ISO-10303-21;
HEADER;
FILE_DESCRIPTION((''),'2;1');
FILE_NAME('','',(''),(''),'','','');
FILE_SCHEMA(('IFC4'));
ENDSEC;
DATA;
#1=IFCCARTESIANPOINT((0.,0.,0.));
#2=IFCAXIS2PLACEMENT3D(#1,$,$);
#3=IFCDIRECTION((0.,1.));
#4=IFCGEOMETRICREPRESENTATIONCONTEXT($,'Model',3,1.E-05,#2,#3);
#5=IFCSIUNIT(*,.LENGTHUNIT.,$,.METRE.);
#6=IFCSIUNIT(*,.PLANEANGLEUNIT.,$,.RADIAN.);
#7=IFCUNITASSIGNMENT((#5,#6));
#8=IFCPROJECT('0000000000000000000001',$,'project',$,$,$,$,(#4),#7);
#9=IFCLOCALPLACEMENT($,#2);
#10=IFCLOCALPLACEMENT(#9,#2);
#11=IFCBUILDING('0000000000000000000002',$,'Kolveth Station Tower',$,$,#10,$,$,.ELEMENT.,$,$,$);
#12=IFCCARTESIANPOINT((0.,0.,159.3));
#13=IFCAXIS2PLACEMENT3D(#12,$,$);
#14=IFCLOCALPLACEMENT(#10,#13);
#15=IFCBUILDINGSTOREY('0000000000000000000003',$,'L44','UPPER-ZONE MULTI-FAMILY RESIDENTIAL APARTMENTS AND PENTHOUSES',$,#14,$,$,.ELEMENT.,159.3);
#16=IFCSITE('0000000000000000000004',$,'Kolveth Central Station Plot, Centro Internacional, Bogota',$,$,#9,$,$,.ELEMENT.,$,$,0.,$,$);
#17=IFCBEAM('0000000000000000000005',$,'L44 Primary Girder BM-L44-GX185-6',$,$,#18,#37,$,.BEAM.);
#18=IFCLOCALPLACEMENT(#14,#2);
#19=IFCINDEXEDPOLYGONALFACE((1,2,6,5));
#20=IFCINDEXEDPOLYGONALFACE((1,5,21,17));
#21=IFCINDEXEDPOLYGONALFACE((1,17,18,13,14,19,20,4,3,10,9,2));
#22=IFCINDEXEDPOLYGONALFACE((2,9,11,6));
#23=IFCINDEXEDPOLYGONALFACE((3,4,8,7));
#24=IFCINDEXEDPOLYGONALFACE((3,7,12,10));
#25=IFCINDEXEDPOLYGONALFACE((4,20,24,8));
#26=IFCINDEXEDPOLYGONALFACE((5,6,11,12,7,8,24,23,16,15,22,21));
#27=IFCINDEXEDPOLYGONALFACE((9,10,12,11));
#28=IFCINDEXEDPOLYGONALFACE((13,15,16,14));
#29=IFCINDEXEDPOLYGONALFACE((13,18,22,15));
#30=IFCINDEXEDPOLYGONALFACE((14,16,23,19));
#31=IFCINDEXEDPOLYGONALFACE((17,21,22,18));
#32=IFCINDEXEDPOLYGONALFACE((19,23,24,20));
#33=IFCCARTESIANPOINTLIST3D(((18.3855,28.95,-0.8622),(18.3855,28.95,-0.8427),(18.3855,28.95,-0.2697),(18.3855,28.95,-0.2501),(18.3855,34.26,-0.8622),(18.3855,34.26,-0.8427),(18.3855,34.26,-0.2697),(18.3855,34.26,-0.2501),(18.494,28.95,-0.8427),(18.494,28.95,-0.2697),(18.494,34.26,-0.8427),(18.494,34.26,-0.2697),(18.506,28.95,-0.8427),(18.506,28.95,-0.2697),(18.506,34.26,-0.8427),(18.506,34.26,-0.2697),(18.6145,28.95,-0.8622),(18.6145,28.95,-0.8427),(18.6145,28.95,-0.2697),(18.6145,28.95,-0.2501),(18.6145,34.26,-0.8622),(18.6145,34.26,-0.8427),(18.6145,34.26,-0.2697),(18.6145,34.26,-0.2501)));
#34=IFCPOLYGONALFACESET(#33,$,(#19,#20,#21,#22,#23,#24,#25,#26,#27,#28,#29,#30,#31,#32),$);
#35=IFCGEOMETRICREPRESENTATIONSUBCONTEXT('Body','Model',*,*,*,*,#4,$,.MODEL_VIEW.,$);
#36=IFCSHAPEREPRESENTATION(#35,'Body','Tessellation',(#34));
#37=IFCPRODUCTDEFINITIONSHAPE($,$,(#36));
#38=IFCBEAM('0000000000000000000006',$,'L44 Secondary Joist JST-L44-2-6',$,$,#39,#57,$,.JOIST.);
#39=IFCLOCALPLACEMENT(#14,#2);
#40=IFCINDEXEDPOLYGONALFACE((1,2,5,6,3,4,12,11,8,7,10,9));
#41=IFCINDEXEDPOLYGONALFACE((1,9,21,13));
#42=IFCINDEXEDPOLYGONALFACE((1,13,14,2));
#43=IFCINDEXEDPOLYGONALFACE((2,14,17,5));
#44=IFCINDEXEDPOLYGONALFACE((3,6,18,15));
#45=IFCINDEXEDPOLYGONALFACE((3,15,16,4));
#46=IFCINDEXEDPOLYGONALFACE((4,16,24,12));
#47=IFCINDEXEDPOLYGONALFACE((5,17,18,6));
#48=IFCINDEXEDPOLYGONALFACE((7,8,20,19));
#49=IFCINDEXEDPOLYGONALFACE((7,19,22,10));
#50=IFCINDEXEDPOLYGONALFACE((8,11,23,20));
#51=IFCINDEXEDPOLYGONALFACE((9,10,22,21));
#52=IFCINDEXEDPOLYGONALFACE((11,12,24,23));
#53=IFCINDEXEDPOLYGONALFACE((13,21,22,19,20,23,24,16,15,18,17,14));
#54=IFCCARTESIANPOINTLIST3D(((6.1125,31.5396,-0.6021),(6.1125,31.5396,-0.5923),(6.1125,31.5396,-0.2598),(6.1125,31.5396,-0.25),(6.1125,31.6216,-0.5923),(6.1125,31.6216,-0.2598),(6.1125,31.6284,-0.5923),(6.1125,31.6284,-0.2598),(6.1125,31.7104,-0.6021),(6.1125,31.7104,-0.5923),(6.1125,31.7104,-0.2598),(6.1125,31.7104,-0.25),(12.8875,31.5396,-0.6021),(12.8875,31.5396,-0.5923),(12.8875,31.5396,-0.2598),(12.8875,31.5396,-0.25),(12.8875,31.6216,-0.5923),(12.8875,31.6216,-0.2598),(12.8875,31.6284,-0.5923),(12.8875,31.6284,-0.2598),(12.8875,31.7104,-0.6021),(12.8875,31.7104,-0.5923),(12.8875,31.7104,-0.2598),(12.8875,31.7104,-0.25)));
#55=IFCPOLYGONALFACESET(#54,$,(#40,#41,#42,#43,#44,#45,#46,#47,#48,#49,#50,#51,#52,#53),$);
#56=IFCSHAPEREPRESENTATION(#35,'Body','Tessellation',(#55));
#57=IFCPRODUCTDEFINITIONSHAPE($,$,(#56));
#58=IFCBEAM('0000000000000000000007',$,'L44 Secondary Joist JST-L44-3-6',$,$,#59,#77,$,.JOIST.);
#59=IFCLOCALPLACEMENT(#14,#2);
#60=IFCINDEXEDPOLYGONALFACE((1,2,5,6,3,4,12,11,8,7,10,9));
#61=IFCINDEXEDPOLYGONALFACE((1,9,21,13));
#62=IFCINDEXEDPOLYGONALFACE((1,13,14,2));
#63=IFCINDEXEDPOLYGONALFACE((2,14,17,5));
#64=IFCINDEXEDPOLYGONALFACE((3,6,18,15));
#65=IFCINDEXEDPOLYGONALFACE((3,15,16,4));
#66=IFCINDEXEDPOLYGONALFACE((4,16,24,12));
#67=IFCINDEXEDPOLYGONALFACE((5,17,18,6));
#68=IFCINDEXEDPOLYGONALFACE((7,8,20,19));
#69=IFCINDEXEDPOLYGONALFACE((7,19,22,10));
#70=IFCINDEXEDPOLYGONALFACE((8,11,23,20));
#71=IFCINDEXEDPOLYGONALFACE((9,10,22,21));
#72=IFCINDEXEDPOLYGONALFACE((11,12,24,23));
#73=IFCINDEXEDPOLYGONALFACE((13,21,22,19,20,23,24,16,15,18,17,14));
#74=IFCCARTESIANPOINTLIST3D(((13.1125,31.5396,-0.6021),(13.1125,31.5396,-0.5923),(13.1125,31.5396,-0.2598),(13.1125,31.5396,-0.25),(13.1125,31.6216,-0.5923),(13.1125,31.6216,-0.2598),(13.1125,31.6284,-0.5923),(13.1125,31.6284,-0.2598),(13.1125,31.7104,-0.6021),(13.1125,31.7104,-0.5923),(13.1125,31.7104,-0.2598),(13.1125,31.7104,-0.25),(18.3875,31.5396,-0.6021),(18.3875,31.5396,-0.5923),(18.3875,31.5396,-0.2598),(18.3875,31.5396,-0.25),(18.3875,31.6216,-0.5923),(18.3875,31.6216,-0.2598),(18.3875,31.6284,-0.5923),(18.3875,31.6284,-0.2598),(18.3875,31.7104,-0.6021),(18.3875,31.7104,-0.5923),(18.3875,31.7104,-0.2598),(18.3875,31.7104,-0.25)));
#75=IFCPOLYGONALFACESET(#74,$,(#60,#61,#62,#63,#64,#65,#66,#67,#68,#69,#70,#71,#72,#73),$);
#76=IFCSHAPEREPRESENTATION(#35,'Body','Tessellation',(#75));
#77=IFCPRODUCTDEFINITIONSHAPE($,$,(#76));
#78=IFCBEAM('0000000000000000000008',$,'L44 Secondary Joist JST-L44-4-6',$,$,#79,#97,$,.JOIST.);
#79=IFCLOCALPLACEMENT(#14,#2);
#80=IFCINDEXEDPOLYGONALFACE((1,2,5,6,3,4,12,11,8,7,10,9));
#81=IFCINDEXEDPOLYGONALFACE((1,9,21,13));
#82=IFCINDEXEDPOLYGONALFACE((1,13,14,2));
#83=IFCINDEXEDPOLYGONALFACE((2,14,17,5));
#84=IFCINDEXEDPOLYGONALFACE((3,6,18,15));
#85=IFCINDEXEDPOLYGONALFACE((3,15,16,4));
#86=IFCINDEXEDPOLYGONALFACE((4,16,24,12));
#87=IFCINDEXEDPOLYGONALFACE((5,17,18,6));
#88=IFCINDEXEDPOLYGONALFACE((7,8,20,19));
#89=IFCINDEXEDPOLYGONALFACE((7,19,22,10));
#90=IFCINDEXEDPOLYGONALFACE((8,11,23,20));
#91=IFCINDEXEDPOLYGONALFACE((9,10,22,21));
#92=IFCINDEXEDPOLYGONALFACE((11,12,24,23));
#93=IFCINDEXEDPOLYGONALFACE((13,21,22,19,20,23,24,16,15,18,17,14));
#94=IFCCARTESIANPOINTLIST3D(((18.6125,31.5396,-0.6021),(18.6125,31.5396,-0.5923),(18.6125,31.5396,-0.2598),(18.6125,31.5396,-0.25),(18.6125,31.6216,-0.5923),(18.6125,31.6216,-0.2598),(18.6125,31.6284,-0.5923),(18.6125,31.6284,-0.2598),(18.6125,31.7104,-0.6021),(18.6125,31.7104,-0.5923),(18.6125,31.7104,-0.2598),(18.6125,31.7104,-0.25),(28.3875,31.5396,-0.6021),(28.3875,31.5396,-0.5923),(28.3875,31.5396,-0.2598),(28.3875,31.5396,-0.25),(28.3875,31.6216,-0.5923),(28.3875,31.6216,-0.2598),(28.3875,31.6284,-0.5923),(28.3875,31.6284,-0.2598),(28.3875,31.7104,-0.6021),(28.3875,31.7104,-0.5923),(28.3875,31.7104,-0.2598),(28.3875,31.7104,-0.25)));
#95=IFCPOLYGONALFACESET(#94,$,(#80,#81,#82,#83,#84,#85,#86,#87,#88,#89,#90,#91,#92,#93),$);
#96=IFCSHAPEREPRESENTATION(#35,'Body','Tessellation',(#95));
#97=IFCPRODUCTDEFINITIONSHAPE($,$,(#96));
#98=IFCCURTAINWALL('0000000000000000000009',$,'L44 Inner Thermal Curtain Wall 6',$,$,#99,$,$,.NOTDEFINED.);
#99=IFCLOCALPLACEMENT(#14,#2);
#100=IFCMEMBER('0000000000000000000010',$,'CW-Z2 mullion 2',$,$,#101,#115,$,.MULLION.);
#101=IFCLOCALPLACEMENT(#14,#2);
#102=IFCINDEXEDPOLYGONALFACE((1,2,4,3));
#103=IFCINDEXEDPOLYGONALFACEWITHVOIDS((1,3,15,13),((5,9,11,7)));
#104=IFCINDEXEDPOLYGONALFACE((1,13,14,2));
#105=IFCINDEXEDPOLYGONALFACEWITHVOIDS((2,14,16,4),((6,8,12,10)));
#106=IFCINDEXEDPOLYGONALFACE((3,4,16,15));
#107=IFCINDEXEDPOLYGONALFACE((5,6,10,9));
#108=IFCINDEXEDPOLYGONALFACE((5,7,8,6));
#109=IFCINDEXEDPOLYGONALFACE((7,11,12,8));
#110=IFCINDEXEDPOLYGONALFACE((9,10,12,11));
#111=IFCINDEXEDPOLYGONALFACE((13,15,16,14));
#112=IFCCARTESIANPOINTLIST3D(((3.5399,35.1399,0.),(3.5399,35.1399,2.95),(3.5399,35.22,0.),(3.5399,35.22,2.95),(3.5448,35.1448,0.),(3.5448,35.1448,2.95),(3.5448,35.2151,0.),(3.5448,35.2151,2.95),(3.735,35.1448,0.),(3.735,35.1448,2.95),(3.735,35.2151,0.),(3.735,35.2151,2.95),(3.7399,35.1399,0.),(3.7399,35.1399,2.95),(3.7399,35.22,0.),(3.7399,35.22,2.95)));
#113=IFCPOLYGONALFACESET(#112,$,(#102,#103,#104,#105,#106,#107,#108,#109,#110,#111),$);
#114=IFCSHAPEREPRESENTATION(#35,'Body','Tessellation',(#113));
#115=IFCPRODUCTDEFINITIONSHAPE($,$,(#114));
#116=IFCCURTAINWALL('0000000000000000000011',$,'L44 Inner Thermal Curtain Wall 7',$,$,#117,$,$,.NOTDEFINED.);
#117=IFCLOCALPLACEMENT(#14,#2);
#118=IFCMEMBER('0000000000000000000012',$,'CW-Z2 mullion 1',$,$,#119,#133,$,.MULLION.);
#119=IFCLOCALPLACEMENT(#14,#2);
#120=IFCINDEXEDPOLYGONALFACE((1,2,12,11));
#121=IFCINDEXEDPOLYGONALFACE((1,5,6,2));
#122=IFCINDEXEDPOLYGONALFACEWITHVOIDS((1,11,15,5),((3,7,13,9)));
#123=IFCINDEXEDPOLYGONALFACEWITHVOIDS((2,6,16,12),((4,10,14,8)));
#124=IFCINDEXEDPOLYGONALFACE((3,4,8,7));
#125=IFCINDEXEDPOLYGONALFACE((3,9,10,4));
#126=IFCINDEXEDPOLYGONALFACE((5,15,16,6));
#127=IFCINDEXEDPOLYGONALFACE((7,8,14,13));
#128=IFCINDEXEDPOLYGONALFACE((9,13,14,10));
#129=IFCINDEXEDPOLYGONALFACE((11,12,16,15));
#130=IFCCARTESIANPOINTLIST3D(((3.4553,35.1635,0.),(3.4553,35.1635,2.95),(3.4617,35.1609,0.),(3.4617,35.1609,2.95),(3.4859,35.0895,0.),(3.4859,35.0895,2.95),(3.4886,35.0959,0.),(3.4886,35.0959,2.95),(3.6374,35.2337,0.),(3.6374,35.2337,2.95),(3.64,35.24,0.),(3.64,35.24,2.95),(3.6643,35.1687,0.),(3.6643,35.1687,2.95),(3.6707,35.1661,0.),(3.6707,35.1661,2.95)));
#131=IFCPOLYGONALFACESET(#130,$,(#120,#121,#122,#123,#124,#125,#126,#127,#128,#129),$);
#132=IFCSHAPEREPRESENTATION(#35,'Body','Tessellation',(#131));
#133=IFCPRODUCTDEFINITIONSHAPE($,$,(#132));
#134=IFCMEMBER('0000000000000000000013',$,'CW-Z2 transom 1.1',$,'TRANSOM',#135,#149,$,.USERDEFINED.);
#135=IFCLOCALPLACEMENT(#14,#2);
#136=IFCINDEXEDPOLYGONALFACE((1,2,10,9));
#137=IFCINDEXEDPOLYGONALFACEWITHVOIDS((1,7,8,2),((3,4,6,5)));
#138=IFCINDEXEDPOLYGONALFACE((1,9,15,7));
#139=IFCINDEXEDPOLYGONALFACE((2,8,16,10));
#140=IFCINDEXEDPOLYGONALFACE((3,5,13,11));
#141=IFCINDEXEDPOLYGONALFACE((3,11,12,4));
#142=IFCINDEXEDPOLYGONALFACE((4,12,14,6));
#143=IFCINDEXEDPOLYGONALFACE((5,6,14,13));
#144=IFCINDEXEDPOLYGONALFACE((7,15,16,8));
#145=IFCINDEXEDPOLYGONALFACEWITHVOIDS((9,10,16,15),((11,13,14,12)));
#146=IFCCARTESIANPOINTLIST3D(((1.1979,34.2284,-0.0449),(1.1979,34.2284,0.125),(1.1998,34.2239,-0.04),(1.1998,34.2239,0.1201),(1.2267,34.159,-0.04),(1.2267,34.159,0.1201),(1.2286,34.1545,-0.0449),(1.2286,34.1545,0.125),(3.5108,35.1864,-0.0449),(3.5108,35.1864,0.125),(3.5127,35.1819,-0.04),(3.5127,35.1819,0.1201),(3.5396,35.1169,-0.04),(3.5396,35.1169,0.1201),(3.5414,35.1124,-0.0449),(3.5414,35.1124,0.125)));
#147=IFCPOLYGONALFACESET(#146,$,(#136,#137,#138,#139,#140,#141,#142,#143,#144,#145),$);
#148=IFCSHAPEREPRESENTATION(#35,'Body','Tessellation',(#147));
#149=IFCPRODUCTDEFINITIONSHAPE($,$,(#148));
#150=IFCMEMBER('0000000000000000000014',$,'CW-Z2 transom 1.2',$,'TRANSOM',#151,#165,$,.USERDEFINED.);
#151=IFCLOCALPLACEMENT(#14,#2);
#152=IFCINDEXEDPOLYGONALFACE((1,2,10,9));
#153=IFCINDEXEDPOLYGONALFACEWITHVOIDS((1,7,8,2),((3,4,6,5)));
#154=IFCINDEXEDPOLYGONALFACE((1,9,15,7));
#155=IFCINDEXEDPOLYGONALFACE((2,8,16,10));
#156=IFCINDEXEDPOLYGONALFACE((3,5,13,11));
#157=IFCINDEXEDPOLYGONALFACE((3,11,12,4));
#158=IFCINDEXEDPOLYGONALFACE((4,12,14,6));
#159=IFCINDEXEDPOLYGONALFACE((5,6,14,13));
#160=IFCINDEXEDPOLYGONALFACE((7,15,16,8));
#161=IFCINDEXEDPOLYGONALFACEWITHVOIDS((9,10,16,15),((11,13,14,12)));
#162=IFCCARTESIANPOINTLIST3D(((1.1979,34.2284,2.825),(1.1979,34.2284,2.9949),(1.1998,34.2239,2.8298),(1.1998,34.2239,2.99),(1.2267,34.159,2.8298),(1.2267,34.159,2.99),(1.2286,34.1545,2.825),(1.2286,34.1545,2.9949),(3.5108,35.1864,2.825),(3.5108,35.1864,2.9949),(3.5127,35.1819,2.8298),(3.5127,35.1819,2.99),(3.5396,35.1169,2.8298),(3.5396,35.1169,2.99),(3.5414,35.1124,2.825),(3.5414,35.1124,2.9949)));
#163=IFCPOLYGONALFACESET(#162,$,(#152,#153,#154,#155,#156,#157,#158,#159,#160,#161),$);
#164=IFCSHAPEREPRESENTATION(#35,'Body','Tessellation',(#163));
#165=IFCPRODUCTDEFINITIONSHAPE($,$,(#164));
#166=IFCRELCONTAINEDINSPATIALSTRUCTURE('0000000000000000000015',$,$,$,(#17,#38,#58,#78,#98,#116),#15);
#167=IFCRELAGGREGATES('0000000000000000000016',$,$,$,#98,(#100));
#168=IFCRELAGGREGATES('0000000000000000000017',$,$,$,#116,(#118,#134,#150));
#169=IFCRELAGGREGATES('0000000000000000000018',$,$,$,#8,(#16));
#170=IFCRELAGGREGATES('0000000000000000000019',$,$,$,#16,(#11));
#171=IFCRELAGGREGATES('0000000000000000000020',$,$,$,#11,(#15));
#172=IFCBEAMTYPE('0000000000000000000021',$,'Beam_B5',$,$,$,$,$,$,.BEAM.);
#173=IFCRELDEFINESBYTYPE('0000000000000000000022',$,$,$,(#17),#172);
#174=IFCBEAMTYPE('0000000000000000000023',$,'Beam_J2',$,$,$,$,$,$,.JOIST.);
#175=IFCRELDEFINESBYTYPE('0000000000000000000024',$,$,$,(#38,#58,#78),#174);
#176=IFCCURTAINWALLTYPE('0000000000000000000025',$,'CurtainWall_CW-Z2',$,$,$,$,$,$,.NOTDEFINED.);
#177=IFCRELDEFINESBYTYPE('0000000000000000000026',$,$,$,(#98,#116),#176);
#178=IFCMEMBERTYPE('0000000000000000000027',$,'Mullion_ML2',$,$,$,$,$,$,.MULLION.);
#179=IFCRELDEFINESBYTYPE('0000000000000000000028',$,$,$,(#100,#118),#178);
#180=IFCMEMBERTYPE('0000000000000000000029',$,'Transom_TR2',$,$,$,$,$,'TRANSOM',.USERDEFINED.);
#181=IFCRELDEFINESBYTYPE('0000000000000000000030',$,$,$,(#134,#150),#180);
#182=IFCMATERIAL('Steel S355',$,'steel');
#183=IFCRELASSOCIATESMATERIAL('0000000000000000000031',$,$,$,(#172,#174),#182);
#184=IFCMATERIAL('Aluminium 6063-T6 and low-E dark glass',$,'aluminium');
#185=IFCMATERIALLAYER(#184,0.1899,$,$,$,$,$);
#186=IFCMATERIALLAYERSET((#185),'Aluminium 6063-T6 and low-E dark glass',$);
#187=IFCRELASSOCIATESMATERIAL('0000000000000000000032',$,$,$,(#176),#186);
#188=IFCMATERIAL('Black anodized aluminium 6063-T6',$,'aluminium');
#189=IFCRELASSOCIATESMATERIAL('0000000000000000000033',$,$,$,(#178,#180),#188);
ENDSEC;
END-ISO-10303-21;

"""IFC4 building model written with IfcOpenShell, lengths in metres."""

from ifc_helpers import new_model, si_unit, direction, frame, origin, origin_2d, place, context, subcontext, project, spatial, hollow_rectangle, i_section, extrude, source, transform, mapped, material, layer, layer_set, material_profile, profile_set, type_object, element, aggregate, save


model = new_model("IFC4")

# Units and contexts
model_context = context("Model", 3, precision=1e-05, world=origin(), true_north=direction((0.0, 1.0)))
body_context = subcontext(model_context, "Body", "Model", "MODEL_VIEW")
ifc_project = project(units=[si_unit("LENGTHUNIT", "METRE"), si_unit("PLANEANGLEUNIT", "RADIAN")], contexts=[model_context])

# Site, building, storey
site_placement = place(None, origin())
site = spatial("IfcSite", under=ifc_project, at=site_placement, Name="Kolveth Central Station Plot, Centro Internacional, Bogota", CompositionType="ELEMENT", RefElevation=0.0)
building_placement = place(site_placement, origin())
building = spatial("IfcBuilding", under=site, at=building_placement, Name="Kolveth Station Tower", CompositionType="ELEMENT")
storey_placement = place(building_placement, frame((0.0, 0.0, 159.3)))
storey = spatial("IfcBuildingStorey", under=building, at=storey_placement, Name="L44", Description="UPPER-ZONE MULTI-FAMILY RESIDENTIAL APARTMENTS AND PENTHOUSES", CompositionType="ELEMENT", Elevation=159.3)

# Shared definitions
ifc_material_1 = material(Name="Steel S355", Category="steel")

# Beams
ifc_material_profile_1 = material_profile(ifc_material_1, i_section(OverallWidth=0.229, OverallDepth=0.6121, WebThickness=0.012, FlangeThickness=0.0195, at=origin_2d()), Name="W610x125")
ifc_profile_set_1 = profile_set([ifc_material_profile_1], Name="Steel S355")
beam_type_1 = type_object("IfcBeamType", Name="Beam_B5", PredefinedType="BEAM", material=ifc_profile_set_1)
shared_shape_1 = source(origin(), body_context, "Body", "SweptSolid", [
    extrude(i_section(OverallWidth=0.229, OverallDepth=0.6121, WebThickness=0.012, FlangeThickness=0.0195, at=origin_2d()), origin(), (0.0, 0.0, 1.0), 5.3101),
])
beam_1_placement = place(storey_placement, frame((18.5, 28.95, -0.5562), z_axis=(0.0, 1.0, 0.0), x_axis=(-1.0, 0.0, 0.0)))
element("IfcBeam", 1, at=beam_1_placement, inside=storey, type_object=beam_type_1, Name="L44 Primary Girder BM-L44-GX185-6", PredefinedType="BEAM", context=body_context, shape_type="MappedRepresentation", body=[
    mapped(shared_shape_1, transform((0.0, 0.0, 0.0), x_axis=(1.0, 0.0, 0.0), y_axis=(0.0, 1.0, 0.0), z_axis=(0.0, 0.0, 1.0), scale=1.0)),
])
ifc_material_profile_2 = material_profile(ifc_material_1, i_section(OverallWidth=0.1709, OverallDepth=0.3521, WebThickness=0.0068, FlangeThickness=0.0098, at=origin_2d()), Name="W360x44")
ifc_profile_set_2 = profile_set([ifc_material_profile_2], Name="Steel S355")
beam_type_2 = type_object("IfcBeamType", Name="Beam_J2", PredefinedType="JOIST", material=ifc_profile_set_2)
shared_shape_2 = source(origin(), body_context, "Body", "SweptSolid", [
    extrude(i_section(OverallWidth=0.1709, OverallDepth=0.3521, WebThickness=0.0068, FlangeThickness=0.0098, at=origin_2d()), origin(), (0.0, 0.0, 1.0), 6.7749),
])
beam_2_placement = place(storey_placement, frame((6.1125, 31.625, -0.426), z_axis=(1.0, 0.0, 0.0), x_axis=(0.0, 1.0, 0.0)))
element("IfcBeam", 2, at=beam_2_placement, inside=storey, type_object=beam_type_2, Name="L44 Secondary Joist JST-L44-2-6", PredefinedType="JOIST", context=body_context, shape_type="MappedRepresentation", body=[
    mapped(shared_shape_2, transform((0.0, 0.0, 0.0), x_axis=(1.0, 0.0, 0.0), y_axis=(0.0, 1.0, 0.0), z_axis=(0.0, 0.0, 1.0), scale=1.0)),
])
shared_shape_3 = source(origin(), body_context, "Body", "SweptSolid", [
    extrude(i_section(OverallWidth=0.1709, OverallDepth=0.3521, WebThickness=0.0068, FlangeThickness=0.0098, at=origin_2d()), origin(), (0.0, 0.0, 1.0), 5.2749),
])
beam_3_placement = place(storey_placement, frame((13.1125, 31.625, -0.426), z_axis=(1.0, 0.0, 0.0), x_axis=(0.0, 1.0, 0.0)))
element("IfcBeam", 3, at=beam_3_placement, inside=storey, type_object=beam_type_2, Name="L44 Secondary Joist JST-L44-3-6", PredefinedType="JOIST", context=body_context, shape_type="MappedRepresentation", body=[
    mapped(shared_shape_3, transform((0.0, 0.0, 0.0), x_axis=(1.0, 0.0, 0.0), y_axis=(0.0, 1.0, 0.0), z_axis=(0.0, 0.0, 1.0), scale=1.0)),
])
shared_shape_4 = source(origin(), body_context, "Body", "SweptSolid", [
    extrude(i_section(OverallWidth=0.1709, OverallDepth=0.3521, WebThickness=0.0068, FlangeThickness=0.0098, at=origin_2d()), origin(), (0.0, 0.0, 1.0), 9.7749),
])
beam_4_placement = place(storey_placement, frame((18.6125, 31.625, -0.426), z_axis=(1.0, 0.0, 0.0), x_axis=(0.0, 1.0, 0.0)))
element("IfcBeam", 4, at=beam_4_placement, inside=storey, type_object=beam_type_2, Name="L44 Secondary Joist JST-L44-4-6", PredefinedType="JOIST", context=body_context, shape_type="MappedRepresentation", body=[
    mapped(shared_shape_4, transform((0.0, 0.0, 0.0), x_axis=(1.0, 0.0, 0.0), y_axis=(0.0, 1.0, 0.0), z_axis=(0.0, 0.0, 1.0), scale=1.0)),
])

# Curtain wall, member
ifc_material_2 = material(Name="Aluminium 6063-T6 and low-E dark glass", Category="aluminium")
ifc_layer_1 = layer(ifc_material_2, 0.1899)
ifc_layer_set_1 = layer_set([ifc_layer_1], Name="Aluminium 6063-T6 and low-E dark glass")
curtain_wall_type = type_object("IfcCurtainWallType", Name="CurtainWall_CW-Z2", PredefinedType="NOTDEFINED", material=ifc_layer_set_1)
curtain_wall_1_placement = place(storey_placement, origin())
curtain_wall_1 = element("IfcCurtainWall", 5, at=curtain_wall_1_placement, inside=storey, type_object=curtain_wall_type, Name="L44 Inner Thermal Curtain Wall 6", PredefinedType="NOTDEFINED")
ifc_material_3 = material(Name="Black anodized aluminium 6063-T6", Category="aluminium")
ifc_material_profile_3 = material_profile(ifc_material_3, hollow_rectangle(XDim=0.0801, YDim=0.2, WallThickness=0.0049, at=origin_2d()), Name="ALU-80x200x5")
ifc_profile_set_3 = profile_set([ifc_material_profile_3], Name="Black anodized aluminium 6063-T6")
member_type_1 = type_object("IfcMemberType", Name="Mullion_ML2", PredefinedType="MULLION", material=ifc_profile_set_3)
shared_shape_5 = source(origin(), body_context, "Body", "SweptSolid", [
    extrude(hollow_rectangle(XDim=0.0801, YDim=0.2, WallThickness=0.0049, at=origin_2d()), origin(), (0.0, 0.0, 1.0), 2.95),
])
member_1_placement = place(storey_placement, frame((3.6399, 35.1799, 0.0), z_axis=(0.0, 0.0, 1.0), x_axis=(0.0, -1.0, 0.0)))
member_1 = element("IfcMember", 6, at=member_1_placement, type_object=member_type_1, Name="CW-Z2 mullion 2", PredefinedType="MULLION", context=body_context, shape_type="MappedRepresentation", body=[
    mapped(shared_shape_5, transform((0.0, 0.0, 0.0), x_axis=(1.0, 0.0, 0.0), y_axis=(0.0, 1.0, 0.0), z_axis=(0.0, 0.0, 1.0), scale=1.0)),
])
aggregate(curtain_wall_1, [member_1])

# Curtain wall, members
curtain_wall_2_placement = place(storey_placement, origin())
curtain_wall_2 = element("IfcCurtainWall", 7, at=curtain_wall_2_placement, inside=storey, type_object=curtain_wall_type, Name="L44 Inner Thermal Curtain Wall 7", PredefinedType="NOTDEFINED")
member_2_placement = place(storey_placement, frame((3.563, 35.1648, 0.0), z_axis=(0.0, 0.0, 1.0), x_axis=(0.382698, -0.923874, 0.0)))
member_2 = element("IfcMember", 8, at=member_2_placement, type_object=member_type_1, Name="CW-Z2 mullion 1", PredefinedType="MULLION", context=body_context, shape_type="MappedRepresentation", body=[
    mapped(shared_shape_5, transform((0.0, 0.0, 0.0), x_axis=(1.0, 0.0, 0.0), y_axis=(0.0, 1.0, 0.0), z_axis=(0.0, 0.0, 1.0), scale=1.0)),
])
ifc_material_profile_4 = material_profile(ifc_material_3, hollow_rectangle(XDim=0.0801, YDim=0.1699, WallThickness=0.0049, at=origin_2d()), Name="ALU-80x170x5")
ifc_profile_set_4 = profile_set([ifc_material_profile_4], Name="Black anodized aluminium 6063-T6")
member_type_2 = type_object("IfcMemberType", Name="Transom_TR2", ElementType="TRANSOM", PredefinedType="USERDEFINED", material=ifc_profile_set_4)
shared_shape_6 = source(origin(), body_context, "Body", "SweptSolid", [
    extrude(hollow_rectangle(XDim=0.0801, YDim=0.1699, WallThickness=0.0049, at=origin_2d()), origin(), (0.0, 0.0, 1.0), 2.5034),
])
member_3_placement = place(storey_placement, frame((3.5261, 35.1494, 0.04), z_axis=(-0.923888, -0.382662, 0.0), x_axis=(0.382662, -0.923888, 0.0)))
member_3 = element("IfcMember", 9, at=member_3_placement, type_object=member_type_2, Name="CW-Z2 transom 1.1", ObjectType="TRANSOM", PredefinedType="USERDEFINED", context=body_context, shape_type="MappedRepresentation", body=[
    mapped(shared_shape_6, transform((0.0, 0.0, 0.0), x_axis=(1.0, 0.0, 0.0), y_axis=(0.0, 1.0, 0.0), z_axis=(0.0, 0.0, 1.0), scale=1.0)),
])
member_4_placement = place(storey_placement, frame((3.5261, 35.1494, 2.9099), z_axis=(-0.923888, -0.382662, 0.0), x_axis=(0.382662, -0.923888, 0.0)))
member_4 = element("IfcMember", 10, at=member_4_placement, type_object=member_type_2, Name="CW-Z2 transom 1.2", ObjectType="TRANSOM", PredefinedType="USERDEFINED", context=body_context, shape_type="MappedRepresentation", body=[
    mapped(shared_shape_6, transform((0.0, 0.0, 0.0), x_axis=(1.0, 0.0, 0.0), y_axis=(0.0, 1.0, 0.0), z_axis=(0.0, 0.0, 1.0), scale=1.0)),
])
aggregate(curtain_wall_2, [member_2, member_3, member_4])

save(model, "model.ifc")
